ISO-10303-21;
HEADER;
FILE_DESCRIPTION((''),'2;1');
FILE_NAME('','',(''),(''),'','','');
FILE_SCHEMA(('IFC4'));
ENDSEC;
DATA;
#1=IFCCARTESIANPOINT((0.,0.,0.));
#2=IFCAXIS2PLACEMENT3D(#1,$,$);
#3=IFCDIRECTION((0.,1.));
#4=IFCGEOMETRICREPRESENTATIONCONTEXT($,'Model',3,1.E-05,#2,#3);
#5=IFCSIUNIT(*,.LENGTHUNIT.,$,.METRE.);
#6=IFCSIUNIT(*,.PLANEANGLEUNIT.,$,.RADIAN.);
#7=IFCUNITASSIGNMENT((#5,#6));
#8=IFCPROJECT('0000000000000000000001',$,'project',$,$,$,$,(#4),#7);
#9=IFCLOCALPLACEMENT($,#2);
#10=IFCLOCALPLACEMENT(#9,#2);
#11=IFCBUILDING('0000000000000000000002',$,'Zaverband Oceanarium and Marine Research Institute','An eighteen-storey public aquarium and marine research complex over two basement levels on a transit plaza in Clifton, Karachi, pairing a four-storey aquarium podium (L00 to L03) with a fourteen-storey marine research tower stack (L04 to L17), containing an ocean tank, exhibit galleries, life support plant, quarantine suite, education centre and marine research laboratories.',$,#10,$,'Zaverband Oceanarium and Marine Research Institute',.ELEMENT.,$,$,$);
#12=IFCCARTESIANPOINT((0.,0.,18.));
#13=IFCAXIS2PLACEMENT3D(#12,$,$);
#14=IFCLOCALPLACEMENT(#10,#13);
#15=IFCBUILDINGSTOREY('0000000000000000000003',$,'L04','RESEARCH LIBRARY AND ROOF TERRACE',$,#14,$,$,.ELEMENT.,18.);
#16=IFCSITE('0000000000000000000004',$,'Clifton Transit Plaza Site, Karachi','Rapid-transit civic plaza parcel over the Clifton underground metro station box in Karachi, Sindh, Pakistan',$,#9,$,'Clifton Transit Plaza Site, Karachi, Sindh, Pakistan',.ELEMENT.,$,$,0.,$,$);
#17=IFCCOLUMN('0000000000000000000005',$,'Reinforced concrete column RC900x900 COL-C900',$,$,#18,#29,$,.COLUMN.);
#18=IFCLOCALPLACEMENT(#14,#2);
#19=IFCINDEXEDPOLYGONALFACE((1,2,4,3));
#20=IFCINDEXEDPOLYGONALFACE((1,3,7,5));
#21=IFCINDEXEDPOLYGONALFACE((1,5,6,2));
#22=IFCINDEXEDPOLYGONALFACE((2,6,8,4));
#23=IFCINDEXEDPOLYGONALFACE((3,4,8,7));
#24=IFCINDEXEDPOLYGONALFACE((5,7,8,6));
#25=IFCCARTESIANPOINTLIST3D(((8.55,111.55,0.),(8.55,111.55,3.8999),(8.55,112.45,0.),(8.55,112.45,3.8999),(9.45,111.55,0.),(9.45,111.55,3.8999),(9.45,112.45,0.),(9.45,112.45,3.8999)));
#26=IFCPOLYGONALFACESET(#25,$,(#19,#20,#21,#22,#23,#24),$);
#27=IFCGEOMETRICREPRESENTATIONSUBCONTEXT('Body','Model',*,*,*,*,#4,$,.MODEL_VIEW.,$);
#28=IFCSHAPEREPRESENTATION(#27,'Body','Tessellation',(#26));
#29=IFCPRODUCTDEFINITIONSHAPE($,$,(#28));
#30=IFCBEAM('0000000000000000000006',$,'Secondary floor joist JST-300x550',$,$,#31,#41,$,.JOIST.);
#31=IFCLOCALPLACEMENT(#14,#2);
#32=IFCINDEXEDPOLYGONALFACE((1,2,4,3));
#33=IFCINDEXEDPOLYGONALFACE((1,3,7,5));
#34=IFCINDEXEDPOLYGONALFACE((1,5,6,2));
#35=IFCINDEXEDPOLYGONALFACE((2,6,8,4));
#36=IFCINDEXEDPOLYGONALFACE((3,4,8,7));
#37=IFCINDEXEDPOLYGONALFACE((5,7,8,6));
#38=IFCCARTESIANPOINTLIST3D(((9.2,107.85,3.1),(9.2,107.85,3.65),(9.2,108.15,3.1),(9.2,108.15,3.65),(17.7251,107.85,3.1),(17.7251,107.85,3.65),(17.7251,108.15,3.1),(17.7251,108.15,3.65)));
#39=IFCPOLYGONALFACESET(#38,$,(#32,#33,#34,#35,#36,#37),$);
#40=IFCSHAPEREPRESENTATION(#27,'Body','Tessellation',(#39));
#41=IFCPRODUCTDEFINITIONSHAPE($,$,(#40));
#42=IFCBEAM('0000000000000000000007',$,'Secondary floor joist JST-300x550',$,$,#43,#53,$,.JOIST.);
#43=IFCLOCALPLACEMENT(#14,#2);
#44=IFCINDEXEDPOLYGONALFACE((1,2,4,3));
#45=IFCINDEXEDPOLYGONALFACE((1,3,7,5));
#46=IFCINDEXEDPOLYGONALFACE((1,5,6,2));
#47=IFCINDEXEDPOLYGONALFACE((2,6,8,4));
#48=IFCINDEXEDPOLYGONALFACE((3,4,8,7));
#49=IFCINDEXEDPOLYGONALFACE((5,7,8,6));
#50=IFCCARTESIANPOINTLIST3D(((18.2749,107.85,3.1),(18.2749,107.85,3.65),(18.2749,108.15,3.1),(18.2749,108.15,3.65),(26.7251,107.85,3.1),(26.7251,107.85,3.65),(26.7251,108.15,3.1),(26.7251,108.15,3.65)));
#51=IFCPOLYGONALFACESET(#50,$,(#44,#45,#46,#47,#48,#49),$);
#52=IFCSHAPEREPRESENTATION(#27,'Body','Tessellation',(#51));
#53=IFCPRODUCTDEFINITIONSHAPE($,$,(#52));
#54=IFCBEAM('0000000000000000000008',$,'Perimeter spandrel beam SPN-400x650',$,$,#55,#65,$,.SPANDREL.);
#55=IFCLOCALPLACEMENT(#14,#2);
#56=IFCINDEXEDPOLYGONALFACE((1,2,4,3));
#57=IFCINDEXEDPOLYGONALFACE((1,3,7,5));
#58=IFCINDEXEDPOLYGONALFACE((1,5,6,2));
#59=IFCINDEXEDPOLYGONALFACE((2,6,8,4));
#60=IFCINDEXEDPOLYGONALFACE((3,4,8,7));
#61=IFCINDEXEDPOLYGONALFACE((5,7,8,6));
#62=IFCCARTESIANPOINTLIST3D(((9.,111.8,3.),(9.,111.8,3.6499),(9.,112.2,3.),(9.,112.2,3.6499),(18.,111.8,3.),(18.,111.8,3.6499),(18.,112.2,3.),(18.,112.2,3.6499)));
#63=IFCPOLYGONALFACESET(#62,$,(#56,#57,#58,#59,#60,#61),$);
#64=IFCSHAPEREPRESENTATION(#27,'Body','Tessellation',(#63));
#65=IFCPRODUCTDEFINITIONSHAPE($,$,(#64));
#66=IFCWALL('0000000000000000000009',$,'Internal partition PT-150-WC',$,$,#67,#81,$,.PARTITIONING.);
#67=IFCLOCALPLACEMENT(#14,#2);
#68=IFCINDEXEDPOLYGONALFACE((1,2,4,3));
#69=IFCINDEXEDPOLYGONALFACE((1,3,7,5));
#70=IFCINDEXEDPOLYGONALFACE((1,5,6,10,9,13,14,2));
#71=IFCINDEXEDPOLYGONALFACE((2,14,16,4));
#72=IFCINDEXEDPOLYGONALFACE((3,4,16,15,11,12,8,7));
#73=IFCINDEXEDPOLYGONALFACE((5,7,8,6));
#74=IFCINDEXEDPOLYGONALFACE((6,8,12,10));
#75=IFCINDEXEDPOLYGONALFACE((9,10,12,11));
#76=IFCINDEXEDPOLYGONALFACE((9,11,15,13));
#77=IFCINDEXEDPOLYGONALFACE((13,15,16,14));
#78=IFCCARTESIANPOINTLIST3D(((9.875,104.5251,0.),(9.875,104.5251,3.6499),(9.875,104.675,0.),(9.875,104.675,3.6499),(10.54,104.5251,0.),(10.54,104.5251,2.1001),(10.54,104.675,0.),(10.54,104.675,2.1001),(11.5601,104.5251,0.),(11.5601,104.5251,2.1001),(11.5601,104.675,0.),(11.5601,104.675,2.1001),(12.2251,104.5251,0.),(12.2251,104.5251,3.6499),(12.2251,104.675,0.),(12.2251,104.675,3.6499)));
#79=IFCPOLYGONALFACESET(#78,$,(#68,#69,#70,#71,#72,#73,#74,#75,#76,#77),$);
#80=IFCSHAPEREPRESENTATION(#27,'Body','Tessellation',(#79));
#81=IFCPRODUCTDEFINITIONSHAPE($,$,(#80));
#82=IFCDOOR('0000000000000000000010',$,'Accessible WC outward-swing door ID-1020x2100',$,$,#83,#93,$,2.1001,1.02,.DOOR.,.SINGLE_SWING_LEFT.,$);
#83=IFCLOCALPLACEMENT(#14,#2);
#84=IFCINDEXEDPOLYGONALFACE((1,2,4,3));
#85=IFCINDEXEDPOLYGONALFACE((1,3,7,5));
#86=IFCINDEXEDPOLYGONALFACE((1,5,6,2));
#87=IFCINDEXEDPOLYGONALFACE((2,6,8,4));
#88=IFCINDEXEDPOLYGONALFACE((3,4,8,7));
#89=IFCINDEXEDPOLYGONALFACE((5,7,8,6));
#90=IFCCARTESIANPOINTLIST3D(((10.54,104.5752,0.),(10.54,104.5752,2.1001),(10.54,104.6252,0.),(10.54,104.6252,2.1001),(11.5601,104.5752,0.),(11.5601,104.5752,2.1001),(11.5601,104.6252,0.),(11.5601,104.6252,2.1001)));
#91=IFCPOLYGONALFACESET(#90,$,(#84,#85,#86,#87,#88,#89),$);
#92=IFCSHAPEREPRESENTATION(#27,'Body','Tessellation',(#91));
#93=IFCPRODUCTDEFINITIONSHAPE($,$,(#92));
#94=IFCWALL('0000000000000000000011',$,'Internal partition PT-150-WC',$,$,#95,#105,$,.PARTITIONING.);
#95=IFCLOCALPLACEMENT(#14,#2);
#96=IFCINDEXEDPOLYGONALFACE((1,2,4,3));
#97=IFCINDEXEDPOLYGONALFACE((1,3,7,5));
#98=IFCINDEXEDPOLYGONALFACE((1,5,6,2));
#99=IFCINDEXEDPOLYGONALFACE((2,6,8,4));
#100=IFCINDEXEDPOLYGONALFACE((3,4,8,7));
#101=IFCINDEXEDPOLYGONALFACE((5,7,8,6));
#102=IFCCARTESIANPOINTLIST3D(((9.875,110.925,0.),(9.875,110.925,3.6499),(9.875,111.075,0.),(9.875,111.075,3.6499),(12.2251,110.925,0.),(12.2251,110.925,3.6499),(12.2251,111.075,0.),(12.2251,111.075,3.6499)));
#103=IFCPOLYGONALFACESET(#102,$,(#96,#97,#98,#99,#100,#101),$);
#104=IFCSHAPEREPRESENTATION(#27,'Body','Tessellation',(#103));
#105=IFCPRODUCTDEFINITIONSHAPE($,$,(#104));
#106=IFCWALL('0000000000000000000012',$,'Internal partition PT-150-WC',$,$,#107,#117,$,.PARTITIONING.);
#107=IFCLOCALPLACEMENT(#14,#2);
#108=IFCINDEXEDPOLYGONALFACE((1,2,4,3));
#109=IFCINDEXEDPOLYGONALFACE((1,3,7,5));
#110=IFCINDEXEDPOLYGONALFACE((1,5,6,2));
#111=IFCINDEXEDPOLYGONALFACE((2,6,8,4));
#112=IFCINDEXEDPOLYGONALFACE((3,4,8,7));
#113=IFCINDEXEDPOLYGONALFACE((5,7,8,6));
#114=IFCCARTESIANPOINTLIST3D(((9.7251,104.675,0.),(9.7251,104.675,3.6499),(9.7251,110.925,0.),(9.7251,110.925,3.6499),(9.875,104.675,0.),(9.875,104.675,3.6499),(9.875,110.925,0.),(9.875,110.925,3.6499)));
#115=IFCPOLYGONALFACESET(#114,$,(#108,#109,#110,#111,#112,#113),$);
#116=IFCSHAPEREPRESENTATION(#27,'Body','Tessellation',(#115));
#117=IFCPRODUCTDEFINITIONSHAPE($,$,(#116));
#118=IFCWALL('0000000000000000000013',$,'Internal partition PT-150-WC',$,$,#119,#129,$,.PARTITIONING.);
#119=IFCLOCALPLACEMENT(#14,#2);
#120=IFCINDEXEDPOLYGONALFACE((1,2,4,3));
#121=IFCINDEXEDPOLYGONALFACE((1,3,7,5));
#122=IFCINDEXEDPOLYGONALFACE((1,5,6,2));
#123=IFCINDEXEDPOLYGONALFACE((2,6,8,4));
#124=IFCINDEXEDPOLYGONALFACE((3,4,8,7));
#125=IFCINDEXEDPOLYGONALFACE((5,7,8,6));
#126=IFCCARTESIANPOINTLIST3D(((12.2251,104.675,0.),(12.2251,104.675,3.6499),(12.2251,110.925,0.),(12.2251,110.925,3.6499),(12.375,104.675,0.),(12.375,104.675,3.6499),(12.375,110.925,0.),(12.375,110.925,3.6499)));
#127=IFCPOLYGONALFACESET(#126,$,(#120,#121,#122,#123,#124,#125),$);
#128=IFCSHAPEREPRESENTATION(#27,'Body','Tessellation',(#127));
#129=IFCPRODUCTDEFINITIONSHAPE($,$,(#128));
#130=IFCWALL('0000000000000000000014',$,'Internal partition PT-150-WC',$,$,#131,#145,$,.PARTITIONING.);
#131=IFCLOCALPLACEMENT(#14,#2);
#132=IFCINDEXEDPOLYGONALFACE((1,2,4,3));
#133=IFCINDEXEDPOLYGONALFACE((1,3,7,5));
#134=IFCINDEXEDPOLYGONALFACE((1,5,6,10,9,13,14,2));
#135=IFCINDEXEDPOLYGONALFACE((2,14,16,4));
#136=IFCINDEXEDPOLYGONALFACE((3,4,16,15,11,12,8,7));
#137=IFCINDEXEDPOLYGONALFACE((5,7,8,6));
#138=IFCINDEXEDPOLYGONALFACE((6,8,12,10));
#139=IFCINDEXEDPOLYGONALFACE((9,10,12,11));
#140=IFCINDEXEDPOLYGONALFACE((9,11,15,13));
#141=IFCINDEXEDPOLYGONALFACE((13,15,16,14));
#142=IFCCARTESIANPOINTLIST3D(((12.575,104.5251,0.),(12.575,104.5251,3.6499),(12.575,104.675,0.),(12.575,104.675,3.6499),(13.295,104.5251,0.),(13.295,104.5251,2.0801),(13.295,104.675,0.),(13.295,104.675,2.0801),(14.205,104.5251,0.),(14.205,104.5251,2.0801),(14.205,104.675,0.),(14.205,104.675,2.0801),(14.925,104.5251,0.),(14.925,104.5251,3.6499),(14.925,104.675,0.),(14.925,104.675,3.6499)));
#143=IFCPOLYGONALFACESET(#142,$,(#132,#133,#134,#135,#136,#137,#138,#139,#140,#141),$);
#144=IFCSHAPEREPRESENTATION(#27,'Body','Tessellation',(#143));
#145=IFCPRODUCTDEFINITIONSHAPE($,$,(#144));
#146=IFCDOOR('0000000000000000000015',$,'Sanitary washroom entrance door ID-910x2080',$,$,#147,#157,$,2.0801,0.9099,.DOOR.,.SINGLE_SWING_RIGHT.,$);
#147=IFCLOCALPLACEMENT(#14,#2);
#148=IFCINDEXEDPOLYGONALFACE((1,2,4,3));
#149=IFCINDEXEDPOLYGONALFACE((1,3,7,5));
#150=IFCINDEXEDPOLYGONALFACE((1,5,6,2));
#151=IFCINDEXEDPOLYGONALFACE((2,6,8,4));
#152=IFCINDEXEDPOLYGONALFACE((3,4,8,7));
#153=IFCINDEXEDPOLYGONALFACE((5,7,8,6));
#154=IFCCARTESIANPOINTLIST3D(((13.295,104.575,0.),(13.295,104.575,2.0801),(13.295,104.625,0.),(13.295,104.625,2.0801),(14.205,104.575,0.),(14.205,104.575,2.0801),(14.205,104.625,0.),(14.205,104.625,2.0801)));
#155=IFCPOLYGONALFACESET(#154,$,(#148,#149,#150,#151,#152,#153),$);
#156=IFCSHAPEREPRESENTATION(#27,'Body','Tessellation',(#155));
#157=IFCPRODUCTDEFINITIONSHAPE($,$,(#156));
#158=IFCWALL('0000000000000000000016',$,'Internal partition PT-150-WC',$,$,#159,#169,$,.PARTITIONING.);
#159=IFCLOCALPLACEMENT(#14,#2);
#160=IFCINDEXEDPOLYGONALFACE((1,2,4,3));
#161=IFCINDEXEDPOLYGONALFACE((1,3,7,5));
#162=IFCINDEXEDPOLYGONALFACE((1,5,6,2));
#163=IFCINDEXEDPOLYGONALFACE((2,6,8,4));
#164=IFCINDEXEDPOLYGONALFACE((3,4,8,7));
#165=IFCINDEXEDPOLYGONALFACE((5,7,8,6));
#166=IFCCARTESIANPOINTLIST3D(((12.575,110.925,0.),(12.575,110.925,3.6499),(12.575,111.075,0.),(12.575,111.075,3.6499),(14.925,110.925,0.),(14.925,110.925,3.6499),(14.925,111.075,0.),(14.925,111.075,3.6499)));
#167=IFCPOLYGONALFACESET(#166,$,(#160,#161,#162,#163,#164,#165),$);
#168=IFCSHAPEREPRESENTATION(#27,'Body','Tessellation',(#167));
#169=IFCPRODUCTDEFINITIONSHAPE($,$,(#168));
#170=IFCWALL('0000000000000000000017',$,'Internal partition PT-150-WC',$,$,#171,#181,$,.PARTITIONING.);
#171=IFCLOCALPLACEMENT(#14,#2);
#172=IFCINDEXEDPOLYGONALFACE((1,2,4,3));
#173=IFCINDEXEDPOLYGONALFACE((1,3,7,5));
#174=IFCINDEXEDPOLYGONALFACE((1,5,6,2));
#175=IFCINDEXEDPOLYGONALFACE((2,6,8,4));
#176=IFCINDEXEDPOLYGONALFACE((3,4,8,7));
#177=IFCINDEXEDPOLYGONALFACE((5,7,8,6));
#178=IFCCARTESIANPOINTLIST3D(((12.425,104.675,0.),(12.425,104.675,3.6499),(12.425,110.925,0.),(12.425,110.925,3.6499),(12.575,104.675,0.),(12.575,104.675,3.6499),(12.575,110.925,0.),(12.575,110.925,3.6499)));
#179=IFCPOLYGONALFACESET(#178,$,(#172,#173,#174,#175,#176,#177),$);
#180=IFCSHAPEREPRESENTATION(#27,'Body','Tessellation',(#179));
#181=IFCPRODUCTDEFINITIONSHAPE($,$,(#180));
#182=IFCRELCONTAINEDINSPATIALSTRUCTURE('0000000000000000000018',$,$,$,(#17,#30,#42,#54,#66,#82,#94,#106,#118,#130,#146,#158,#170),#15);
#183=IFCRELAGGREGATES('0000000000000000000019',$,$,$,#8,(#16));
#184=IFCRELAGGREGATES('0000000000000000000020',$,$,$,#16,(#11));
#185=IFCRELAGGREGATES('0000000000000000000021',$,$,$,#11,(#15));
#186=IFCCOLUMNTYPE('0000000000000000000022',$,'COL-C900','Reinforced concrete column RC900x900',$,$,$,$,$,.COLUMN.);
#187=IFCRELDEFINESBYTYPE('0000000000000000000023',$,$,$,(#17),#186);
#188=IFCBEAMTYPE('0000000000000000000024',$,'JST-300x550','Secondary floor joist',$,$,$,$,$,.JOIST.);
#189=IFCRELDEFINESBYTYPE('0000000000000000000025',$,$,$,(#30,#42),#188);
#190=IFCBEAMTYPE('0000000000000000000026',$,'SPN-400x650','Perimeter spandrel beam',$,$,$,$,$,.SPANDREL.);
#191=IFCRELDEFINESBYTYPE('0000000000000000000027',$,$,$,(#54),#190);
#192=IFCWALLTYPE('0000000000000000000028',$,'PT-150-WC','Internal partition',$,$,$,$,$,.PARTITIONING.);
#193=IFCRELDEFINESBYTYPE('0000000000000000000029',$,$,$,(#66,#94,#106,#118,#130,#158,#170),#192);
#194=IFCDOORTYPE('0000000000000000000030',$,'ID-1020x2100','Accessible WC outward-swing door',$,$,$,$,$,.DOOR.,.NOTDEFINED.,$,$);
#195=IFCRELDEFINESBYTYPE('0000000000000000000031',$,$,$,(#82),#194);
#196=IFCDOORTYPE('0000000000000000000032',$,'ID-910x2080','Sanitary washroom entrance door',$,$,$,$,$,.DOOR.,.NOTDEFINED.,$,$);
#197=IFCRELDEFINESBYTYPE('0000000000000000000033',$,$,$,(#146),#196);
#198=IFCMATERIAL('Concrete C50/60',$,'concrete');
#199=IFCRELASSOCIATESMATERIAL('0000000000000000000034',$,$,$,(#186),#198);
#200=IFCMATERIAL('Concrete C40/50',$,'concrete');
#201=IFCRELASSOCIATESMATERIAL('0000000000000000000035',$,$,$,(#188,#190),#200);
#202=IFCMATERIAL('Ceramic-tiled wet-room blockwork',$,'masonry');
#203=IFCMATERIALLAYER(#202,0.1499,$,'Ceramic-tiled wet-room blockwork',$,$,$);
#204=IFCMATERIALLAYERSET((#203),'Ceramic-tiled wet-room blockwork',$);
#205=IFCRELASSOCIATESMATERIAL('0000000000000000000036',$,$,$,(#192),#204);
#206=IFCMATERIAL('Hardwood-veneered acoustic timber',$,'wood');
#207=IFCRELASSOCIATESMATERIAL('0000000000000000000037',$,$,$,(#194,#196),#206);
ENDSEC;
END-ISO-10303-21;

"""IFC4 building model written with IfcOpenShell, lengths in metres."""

from ifc_helpers import new_model, si_unit, direction, frame, frame_2d, origin, origin_2d, place, context, subcontext, project, spatial, rectangle, extrude, material, layer, layer_set, material_profile, profile_set, type_object, element, fill, save


model = new_model("IFC4")

# Units and contexts
model_context = context("Model", 3, precision=1e-05, world=origin(), true_north=direction((0.0, 1.0)))
body_context = subcontext(model_context, "Body", "Model", "MODEL_VIEW")
ifc_project = project(units=[si_unit("LENGTHUNIT", "METRE"), si_unit("PLANEANGLEUNIT", "RADIAN")], contexts=[model_context])

# Site, building, storey
site_placement = place(None, origin())
site = spatial("IfcSite", under=ifc_project, at=site_placement, Name="Clifton Transit Plaza Site, Karachi", Description="Rapid-transit civic plaza parcel over the Clifton underground metro station box in Karachi, Sindh, Pakistan", LongName="Clifton Transit Plaza Site, Karachi, Sindh, Pakistan", CompositionType="ELEMENT", RefElevation=0.0)
building_placement = place(site_placement, origin())
building = spatial("IfcBuilding", under=site, at=building_placement, Name="Zaverband Oceanarium and Marine Research Institute", Description="An eighteen-storey public aquarium and marine research complex over two basement levels on a transit plaza in Clifton, Karachi, pairing a four-storey aquarium podium (L00 to L03) with a fourteen-storey marine research tower stack (L04 to L17), containing an ocean tank, exhibit galleries, life support plant, quarantine suite, education centre and marine research laboratories.", LongName="Zaverband Oceanarium and Marine Research Institute", CompositionType="ELEMENT")
storey_placement = place(building_placement, frame((0.0, 0.0, 18.0)))
storey = spatial("IfcBuildingStorey", under=building, at=storey_placement, Name="L04", Description="RESEARCH LIBRARY AND ROOF TERRACE", CompositionType="ELEMENT", Elevation=18.0)

# Column
ifc_material_1 = material(Name="Concrete C50/60", Category="concrete")
ifc_material_profile_1 = material_profile(ifc_material_1, rectangle(XDim=0.8999, YDim=0.8999, at=origin_2d()), Name="RC900x900")
ifc_profile_set_1 = profile_set([ifc_material_profile_1], Name="Concrete C50/60")
column_type = type_object("IfcColumnType", Name="COL-C900", Description="Reinforced concrete column RC900x900", PredefinedType="COLUMN", material=ifc_profile_set_1)
column_placement = place(storey_placement, frame((9.0, 112.0, 0.0), z_axis=(0.0, 0.0, 1.0), x_axis=(1.0, 0.0, 0.0)))
element("IfcColumn", 1, at=column_placement, inside=storey, type_object=column_type, Name="Reinforced concrete column RC900x900 COL-C900", PredefinedType="COLUMN", context=body_context, shape_type="SweptSolid", body=[
    extrude(rectangle(XDim=0.8999, YDim=0.8999, at=origin_2d()), origin(), (0.0, 0.0, 1.0), 3.8999),
])

# Beams
ifc_material_2 = material(Name="Concrete C40/50", Category="concrete")
ifc_material_profile_2 = material_profile(ifc_material_2, rectangle(XDim=0.3, YDim=0.55, at=origin_2d()), Name="RC300x550")
ifc_profile_set_2 = profile_set([ifc_material_profile_2], Name="Concrete C40/50")
beam_type_1 = type_object("IfcBeamType", Name="JST-300x550", Description="Secondary floor joist", PredefinedType="JOIST", material=ifc_profile_set_2)
beam_1_placement = place(storey_placement, frame((9.2, 108.0, 3.375), z_axis=(1.0, 0.0, 0.0), x_axis=(0.0, 1.0, 0.0)))
element("IfcBeam", 2, at=beam_1_placement, inside=storey, type_object=beam_type_1, Name="Secondary floor joist JST-300x550", PredefinedType="JOIST", context=body_context, shape_type="SweptSolid", body=[
    extrude(rectangle(XDim=0.3, YDim=0.55, at=origin_2d()), origin(), (0.0, 0.0, 1.0), 8.5251),
])
beam_2_placement = place(storey_placement, frame((18.2749, 108.0, 3.375), z_axis=(1.0, 0.0, 0.0), x_axis=(0.0, 1.0, 0.0)))
element("IfcBeam", 3, at=beam_2_placement, inside=storey, type_object=beam_type_1, Name="Secondary floor joist JST-300x550", PredefinedType="JOIST", context=body_context, shape_type="SweptSolid", body=[
    extrude(rectangle(XDim=0.3, YDim=0.55, at=origin_2d()), origin(), (0.0, 0.0, 1.0), 8.4502),
])
ifc_material_profile_3 = material_profile(ifc_material_2, rectangle(XDim=0.3999, YDim=0.6499, at=origin_2d()), Name="RC400x650")
ifc_profile_set_3 = profile_set([ifc_material_profile_3], Name="Concrete C40/50")
beam_type_2 = type_object("IfcBeamType", Name="SPN-400x650", Description="Perimeter spandrel beam", PredefinedType="SPANDREL", material=ifc_profile_set_3)
beam_3_placement = place(storey_placement, frame((9.0, 112.0, 3.325), z_axis=(1.0, 0.0, 0.0), x_axis=(0.0, 1.0, 0.0)))
element("IfcBeam", 4, at=beam_3_placement, inside=storey, type_object=beam_type_2, Name="Perimeter spandrel beam SPN-400x650", PredefinedType="SPANDREL", context=body_context, shape_type="SweptSolid", body=[
    extrude(rectangle(XDim=0.3999, YDim=0.6499, at=origin_2d()), origin(), (0.0, 0.0, 1.0), 9.0),
])

# Wall, opening, door
ifc_material_3 = material(Name="Ceramic-tiled wet-room blockwork", Category="masonry")
ifc_layer = layer(ifc_material_3, 0.1499, Name="Ceramic-tiled wet-room blockwork")
ifc_layer_set = layer_set([ifc_layer], Name="Ceramic-tiled wet-room blockwork")
wall_type = type_object("IfcWallType", Name="PT-150-WC", Description="Internal partition", PredefinedType="PARTITIONING", material=ifc_layer_set)
wall_1_placement = place(storey_placement, frame((9.875, 104.6001, 0.0), z_axis=(0.0, 0.0, 1.0), x_axis=(1.0, 0.0, 0.0)))
wall_1 = element("IfcWall", 5, at=wall_1_placement, inside=storey, type_object=wall_type, Name="Internal partition PT-150-WC", PredefinedType="PARTITIONING", context=body_context, shape_type="SweptSolid", body=[
    extrude(rectangle(XDim=2.3501, YDim=0.1499, at=frame_2d((1.175, 0.0))), origin(), (0.0, 0.0, 1.0), 3.6499),
])
opening_1_placement = place(wall_1_placement, frame((0.665, 0.0, 0.0)))
opening_1 = element("IfcOpeningElement", 6, at=opening_1_placement, cuts=wall_1, PredefinedType="OPENING", context=body_context, shape_type="SweptSolid", body=[
    extrude(rectangle(XDim=1.02, YDim=2.1001, at=frame_2d((0.51, 1.05))), frame((0.0, 0.0869, 0.0), z_axis=(0.0, -1.0, 0.0), x_axis=(1.0, 0.0, 0.0)), (0.0, 0.0, 1.0), 0.1738),
])
ifc_material_4 = material(Name="Hardwood-veneered acoustic timber", Category="wood")
door_type_1 = type_object("IfcDoorType", Name="ID-1020x2100", Description="Accessible WC outward-swing door", OperationType="NOTDEFINED", PredefinedType="DOOR", material=ifc_material_4)
door_1_placement = place(opening_1_placement, frame((1.02, 0.0, 0.0), z_axis=(0.0, 0.0, 1.0), x_axis=(-1.0, 0.0, 0.0)))
door_1 = element("IfcDoor", 7, at=door_1_placement, inside=storey, type_object=door_type_1, Name="Accessible WC outward-swing door ID-1020x2100", OperationType="SINGLE_SWING_LEFT", OverallHeight=2.1001, OverallWidth=1.02, PredefinedType="DOOR", context=body_context, shape_type="SweptSolid", body=[
    extrude(rectangle(XDim=1.02, YDim=2.1001, at=frame_2d((0.51, 1.05))), frame((0.0, 0.0249, 0.0), z_axis=(0.0, -1.0, 0.0), x_axis=(1.0, 0.0, 0.0)), (0.0, 0.0, 1.0), 0.05),
])
fill(opening_1, door_1)

# Walls
wall_2_placement = place(storey_placement, frame((9.875, 111.0, 0.0), z_axis=(0.0, 0.0, 1.0), x_axis=(1.0, 0.0, 0.0)))
element("IfcWall", 8, at=wall_2_placement, inside=storey, type_object=wall_type, Name="Internal partition PT-150-WC", PredefinedType="PARTITIONING", context=body_context, shape_type="SweptSolid", body=[
    extrude(rectangle(XDim=2.3501, YDim=0.1499, at=frame_2d((1.175, 0.0))), origin(), (0.0, 0.0, 1.0), 3.6499),
])
for number, where, z_axis, x_axis, name in (
    (9, (9.8, 104.675, 0.0), (0.0, 0.0, 1.0), (0.0, 1.0, 0.0), "Internal partition PT-150-WC"),
    (10, (12.3, 104.675, 0.0), (0.0, 0.0, 1.0), (0.0, 1.0, 0.0), "Internal partition PT-150-WC"),
):
    element("IfcWall", number, at=place(storey_placement, frame(where, z_axis=z_axis, x_axis=x_axis)), inside=storey, type_object=wall_type, Name=name, PredefinedType="PARTITIONING", context=body_context, shape_type="SweptSolid", body=[
        extrude(rectangle(XDim=6.25, YDim=0.1499, at=frame_2d((3.125, 0.0))), origin(), (0.0, 0.0, 1.0), 3.6499),
    ])

# Wall, opening, door
wall_3_placement = place(storey_placement, frame((12.575, 104.6001, 0.0), z_axis=(0.0, 0.0, 1.0), x_axis=(1.0, 0.0, 0.0)))
wall_3 = element("IfcWall", 11, at=wall_3_placement, inside=storey, type_object=wall_type, Name="Internal partition PT-150-WC", PredefinedType="PARTITIONING", context=body_context, shape_type="SweptSolid", body=[
    extrude(rectangle(XDim=2.3501, YDim=0.1499, at=frame_2d((1.175, 0.0))), origin(), (0.0, 0.0, 1.0), 3.6499),
])
opening_2_placement = place(wall_3_placement, frame((0.72, 0.0, 0.0)))
opening_2 = element("IfcOpeningElement", 12, at=opening_2_placement, cuts=wall_3, PredefinedType="OPENING", context=body_context, shape_type="SweptSolid", body=[
    extrude(rectangle(XDim=0.9099, YDim=2.0801, at=frame_2d((0.4551, 1.04))), frame((0.0, 0.0869, 0.0), z_axis=(0.0, -1.0, 0.0), x_axis=(1.0, 0.0, 0.0)), (0.0, 0.0, 1.0), 0.1738),
])
door_type_2 = type_object("IfcDoorType", Name="ID-910x2080", Description="Sanitary washroom entrance door", OperationType="NOTDEFINED", PredefinedType="DOOR", material=ifc_material_4)
door_2_placement = place(opening_2_placement, origin())
door_2 = element("IfcDoor", 13, at=door_2_placement, inside=storey, type_object=door_type_2, Name="Sanitary washroom entrance door ID-910x2080", OperationType="SINGLE_SWING_RIGHT", OverallHeight=2.0801, OverallWidth=0.9099, PredefinedType="DOOR", context=body_context, shape_type="SweptSolid", body=[
    extrude(rectangle(XDim=0.9099, YDim=2.0801, at=frame_2d((0.4551, 1.04))), frame((0.0, 0.0249, 0.0), z_axis=(0.0, -1.0, 0.0), x_axis=(1.0, 0.0, 0.0)), (0.0, 0.0, 1.0), 0.05),
])
fill(opening_2, door_2)

# Walls
wall_4_placement = place(storey_placement, frame((12.575, 111.0, 0.0), z_axis=(0.0, 0.0, 1.0), x_axis=(1.0, 0.0, 0.0)))
element("IfcWall", 14, at=wall_4_placement, inside=storey, type_object=wall_type, Name="Internal partition PT-150-WC", PredefinedType="PARTITIONING", context=body_context, shape_type="SweptSolid", body=[
    extrude(rectangle(XDim=2.3501, YDim=0.1499, at=frame_2d((1.175, 0.0))), origin(), (0.0, 0.0, 1.0), 3.6499),
])
for number, where, z_axis, x_axis, name in (
    (15, (12.5, 104.675, 0.0), (0.0, 0.0, 1.0), (0.0, 1.0, 0.0), "Internal partition PT-150-WC"),
):
    element("IfcWall", number, at=place(storey_placement, frame(where, z_axis=z_axis, x_axis=x_axis)), inside=storey, type_object=wall_type, Name=name, PredefinedType="PARTITIONING", context=body_context, shape_type="SweptSolid", body=[
        extrude(rectangle(XDim=6.25, YDim=0.1499, at=frame_2d((3.125, 0.0))), origin(), (0.0, 0.0, 1.0), 3.6499),
    ])

save(model, "model.ifc")
